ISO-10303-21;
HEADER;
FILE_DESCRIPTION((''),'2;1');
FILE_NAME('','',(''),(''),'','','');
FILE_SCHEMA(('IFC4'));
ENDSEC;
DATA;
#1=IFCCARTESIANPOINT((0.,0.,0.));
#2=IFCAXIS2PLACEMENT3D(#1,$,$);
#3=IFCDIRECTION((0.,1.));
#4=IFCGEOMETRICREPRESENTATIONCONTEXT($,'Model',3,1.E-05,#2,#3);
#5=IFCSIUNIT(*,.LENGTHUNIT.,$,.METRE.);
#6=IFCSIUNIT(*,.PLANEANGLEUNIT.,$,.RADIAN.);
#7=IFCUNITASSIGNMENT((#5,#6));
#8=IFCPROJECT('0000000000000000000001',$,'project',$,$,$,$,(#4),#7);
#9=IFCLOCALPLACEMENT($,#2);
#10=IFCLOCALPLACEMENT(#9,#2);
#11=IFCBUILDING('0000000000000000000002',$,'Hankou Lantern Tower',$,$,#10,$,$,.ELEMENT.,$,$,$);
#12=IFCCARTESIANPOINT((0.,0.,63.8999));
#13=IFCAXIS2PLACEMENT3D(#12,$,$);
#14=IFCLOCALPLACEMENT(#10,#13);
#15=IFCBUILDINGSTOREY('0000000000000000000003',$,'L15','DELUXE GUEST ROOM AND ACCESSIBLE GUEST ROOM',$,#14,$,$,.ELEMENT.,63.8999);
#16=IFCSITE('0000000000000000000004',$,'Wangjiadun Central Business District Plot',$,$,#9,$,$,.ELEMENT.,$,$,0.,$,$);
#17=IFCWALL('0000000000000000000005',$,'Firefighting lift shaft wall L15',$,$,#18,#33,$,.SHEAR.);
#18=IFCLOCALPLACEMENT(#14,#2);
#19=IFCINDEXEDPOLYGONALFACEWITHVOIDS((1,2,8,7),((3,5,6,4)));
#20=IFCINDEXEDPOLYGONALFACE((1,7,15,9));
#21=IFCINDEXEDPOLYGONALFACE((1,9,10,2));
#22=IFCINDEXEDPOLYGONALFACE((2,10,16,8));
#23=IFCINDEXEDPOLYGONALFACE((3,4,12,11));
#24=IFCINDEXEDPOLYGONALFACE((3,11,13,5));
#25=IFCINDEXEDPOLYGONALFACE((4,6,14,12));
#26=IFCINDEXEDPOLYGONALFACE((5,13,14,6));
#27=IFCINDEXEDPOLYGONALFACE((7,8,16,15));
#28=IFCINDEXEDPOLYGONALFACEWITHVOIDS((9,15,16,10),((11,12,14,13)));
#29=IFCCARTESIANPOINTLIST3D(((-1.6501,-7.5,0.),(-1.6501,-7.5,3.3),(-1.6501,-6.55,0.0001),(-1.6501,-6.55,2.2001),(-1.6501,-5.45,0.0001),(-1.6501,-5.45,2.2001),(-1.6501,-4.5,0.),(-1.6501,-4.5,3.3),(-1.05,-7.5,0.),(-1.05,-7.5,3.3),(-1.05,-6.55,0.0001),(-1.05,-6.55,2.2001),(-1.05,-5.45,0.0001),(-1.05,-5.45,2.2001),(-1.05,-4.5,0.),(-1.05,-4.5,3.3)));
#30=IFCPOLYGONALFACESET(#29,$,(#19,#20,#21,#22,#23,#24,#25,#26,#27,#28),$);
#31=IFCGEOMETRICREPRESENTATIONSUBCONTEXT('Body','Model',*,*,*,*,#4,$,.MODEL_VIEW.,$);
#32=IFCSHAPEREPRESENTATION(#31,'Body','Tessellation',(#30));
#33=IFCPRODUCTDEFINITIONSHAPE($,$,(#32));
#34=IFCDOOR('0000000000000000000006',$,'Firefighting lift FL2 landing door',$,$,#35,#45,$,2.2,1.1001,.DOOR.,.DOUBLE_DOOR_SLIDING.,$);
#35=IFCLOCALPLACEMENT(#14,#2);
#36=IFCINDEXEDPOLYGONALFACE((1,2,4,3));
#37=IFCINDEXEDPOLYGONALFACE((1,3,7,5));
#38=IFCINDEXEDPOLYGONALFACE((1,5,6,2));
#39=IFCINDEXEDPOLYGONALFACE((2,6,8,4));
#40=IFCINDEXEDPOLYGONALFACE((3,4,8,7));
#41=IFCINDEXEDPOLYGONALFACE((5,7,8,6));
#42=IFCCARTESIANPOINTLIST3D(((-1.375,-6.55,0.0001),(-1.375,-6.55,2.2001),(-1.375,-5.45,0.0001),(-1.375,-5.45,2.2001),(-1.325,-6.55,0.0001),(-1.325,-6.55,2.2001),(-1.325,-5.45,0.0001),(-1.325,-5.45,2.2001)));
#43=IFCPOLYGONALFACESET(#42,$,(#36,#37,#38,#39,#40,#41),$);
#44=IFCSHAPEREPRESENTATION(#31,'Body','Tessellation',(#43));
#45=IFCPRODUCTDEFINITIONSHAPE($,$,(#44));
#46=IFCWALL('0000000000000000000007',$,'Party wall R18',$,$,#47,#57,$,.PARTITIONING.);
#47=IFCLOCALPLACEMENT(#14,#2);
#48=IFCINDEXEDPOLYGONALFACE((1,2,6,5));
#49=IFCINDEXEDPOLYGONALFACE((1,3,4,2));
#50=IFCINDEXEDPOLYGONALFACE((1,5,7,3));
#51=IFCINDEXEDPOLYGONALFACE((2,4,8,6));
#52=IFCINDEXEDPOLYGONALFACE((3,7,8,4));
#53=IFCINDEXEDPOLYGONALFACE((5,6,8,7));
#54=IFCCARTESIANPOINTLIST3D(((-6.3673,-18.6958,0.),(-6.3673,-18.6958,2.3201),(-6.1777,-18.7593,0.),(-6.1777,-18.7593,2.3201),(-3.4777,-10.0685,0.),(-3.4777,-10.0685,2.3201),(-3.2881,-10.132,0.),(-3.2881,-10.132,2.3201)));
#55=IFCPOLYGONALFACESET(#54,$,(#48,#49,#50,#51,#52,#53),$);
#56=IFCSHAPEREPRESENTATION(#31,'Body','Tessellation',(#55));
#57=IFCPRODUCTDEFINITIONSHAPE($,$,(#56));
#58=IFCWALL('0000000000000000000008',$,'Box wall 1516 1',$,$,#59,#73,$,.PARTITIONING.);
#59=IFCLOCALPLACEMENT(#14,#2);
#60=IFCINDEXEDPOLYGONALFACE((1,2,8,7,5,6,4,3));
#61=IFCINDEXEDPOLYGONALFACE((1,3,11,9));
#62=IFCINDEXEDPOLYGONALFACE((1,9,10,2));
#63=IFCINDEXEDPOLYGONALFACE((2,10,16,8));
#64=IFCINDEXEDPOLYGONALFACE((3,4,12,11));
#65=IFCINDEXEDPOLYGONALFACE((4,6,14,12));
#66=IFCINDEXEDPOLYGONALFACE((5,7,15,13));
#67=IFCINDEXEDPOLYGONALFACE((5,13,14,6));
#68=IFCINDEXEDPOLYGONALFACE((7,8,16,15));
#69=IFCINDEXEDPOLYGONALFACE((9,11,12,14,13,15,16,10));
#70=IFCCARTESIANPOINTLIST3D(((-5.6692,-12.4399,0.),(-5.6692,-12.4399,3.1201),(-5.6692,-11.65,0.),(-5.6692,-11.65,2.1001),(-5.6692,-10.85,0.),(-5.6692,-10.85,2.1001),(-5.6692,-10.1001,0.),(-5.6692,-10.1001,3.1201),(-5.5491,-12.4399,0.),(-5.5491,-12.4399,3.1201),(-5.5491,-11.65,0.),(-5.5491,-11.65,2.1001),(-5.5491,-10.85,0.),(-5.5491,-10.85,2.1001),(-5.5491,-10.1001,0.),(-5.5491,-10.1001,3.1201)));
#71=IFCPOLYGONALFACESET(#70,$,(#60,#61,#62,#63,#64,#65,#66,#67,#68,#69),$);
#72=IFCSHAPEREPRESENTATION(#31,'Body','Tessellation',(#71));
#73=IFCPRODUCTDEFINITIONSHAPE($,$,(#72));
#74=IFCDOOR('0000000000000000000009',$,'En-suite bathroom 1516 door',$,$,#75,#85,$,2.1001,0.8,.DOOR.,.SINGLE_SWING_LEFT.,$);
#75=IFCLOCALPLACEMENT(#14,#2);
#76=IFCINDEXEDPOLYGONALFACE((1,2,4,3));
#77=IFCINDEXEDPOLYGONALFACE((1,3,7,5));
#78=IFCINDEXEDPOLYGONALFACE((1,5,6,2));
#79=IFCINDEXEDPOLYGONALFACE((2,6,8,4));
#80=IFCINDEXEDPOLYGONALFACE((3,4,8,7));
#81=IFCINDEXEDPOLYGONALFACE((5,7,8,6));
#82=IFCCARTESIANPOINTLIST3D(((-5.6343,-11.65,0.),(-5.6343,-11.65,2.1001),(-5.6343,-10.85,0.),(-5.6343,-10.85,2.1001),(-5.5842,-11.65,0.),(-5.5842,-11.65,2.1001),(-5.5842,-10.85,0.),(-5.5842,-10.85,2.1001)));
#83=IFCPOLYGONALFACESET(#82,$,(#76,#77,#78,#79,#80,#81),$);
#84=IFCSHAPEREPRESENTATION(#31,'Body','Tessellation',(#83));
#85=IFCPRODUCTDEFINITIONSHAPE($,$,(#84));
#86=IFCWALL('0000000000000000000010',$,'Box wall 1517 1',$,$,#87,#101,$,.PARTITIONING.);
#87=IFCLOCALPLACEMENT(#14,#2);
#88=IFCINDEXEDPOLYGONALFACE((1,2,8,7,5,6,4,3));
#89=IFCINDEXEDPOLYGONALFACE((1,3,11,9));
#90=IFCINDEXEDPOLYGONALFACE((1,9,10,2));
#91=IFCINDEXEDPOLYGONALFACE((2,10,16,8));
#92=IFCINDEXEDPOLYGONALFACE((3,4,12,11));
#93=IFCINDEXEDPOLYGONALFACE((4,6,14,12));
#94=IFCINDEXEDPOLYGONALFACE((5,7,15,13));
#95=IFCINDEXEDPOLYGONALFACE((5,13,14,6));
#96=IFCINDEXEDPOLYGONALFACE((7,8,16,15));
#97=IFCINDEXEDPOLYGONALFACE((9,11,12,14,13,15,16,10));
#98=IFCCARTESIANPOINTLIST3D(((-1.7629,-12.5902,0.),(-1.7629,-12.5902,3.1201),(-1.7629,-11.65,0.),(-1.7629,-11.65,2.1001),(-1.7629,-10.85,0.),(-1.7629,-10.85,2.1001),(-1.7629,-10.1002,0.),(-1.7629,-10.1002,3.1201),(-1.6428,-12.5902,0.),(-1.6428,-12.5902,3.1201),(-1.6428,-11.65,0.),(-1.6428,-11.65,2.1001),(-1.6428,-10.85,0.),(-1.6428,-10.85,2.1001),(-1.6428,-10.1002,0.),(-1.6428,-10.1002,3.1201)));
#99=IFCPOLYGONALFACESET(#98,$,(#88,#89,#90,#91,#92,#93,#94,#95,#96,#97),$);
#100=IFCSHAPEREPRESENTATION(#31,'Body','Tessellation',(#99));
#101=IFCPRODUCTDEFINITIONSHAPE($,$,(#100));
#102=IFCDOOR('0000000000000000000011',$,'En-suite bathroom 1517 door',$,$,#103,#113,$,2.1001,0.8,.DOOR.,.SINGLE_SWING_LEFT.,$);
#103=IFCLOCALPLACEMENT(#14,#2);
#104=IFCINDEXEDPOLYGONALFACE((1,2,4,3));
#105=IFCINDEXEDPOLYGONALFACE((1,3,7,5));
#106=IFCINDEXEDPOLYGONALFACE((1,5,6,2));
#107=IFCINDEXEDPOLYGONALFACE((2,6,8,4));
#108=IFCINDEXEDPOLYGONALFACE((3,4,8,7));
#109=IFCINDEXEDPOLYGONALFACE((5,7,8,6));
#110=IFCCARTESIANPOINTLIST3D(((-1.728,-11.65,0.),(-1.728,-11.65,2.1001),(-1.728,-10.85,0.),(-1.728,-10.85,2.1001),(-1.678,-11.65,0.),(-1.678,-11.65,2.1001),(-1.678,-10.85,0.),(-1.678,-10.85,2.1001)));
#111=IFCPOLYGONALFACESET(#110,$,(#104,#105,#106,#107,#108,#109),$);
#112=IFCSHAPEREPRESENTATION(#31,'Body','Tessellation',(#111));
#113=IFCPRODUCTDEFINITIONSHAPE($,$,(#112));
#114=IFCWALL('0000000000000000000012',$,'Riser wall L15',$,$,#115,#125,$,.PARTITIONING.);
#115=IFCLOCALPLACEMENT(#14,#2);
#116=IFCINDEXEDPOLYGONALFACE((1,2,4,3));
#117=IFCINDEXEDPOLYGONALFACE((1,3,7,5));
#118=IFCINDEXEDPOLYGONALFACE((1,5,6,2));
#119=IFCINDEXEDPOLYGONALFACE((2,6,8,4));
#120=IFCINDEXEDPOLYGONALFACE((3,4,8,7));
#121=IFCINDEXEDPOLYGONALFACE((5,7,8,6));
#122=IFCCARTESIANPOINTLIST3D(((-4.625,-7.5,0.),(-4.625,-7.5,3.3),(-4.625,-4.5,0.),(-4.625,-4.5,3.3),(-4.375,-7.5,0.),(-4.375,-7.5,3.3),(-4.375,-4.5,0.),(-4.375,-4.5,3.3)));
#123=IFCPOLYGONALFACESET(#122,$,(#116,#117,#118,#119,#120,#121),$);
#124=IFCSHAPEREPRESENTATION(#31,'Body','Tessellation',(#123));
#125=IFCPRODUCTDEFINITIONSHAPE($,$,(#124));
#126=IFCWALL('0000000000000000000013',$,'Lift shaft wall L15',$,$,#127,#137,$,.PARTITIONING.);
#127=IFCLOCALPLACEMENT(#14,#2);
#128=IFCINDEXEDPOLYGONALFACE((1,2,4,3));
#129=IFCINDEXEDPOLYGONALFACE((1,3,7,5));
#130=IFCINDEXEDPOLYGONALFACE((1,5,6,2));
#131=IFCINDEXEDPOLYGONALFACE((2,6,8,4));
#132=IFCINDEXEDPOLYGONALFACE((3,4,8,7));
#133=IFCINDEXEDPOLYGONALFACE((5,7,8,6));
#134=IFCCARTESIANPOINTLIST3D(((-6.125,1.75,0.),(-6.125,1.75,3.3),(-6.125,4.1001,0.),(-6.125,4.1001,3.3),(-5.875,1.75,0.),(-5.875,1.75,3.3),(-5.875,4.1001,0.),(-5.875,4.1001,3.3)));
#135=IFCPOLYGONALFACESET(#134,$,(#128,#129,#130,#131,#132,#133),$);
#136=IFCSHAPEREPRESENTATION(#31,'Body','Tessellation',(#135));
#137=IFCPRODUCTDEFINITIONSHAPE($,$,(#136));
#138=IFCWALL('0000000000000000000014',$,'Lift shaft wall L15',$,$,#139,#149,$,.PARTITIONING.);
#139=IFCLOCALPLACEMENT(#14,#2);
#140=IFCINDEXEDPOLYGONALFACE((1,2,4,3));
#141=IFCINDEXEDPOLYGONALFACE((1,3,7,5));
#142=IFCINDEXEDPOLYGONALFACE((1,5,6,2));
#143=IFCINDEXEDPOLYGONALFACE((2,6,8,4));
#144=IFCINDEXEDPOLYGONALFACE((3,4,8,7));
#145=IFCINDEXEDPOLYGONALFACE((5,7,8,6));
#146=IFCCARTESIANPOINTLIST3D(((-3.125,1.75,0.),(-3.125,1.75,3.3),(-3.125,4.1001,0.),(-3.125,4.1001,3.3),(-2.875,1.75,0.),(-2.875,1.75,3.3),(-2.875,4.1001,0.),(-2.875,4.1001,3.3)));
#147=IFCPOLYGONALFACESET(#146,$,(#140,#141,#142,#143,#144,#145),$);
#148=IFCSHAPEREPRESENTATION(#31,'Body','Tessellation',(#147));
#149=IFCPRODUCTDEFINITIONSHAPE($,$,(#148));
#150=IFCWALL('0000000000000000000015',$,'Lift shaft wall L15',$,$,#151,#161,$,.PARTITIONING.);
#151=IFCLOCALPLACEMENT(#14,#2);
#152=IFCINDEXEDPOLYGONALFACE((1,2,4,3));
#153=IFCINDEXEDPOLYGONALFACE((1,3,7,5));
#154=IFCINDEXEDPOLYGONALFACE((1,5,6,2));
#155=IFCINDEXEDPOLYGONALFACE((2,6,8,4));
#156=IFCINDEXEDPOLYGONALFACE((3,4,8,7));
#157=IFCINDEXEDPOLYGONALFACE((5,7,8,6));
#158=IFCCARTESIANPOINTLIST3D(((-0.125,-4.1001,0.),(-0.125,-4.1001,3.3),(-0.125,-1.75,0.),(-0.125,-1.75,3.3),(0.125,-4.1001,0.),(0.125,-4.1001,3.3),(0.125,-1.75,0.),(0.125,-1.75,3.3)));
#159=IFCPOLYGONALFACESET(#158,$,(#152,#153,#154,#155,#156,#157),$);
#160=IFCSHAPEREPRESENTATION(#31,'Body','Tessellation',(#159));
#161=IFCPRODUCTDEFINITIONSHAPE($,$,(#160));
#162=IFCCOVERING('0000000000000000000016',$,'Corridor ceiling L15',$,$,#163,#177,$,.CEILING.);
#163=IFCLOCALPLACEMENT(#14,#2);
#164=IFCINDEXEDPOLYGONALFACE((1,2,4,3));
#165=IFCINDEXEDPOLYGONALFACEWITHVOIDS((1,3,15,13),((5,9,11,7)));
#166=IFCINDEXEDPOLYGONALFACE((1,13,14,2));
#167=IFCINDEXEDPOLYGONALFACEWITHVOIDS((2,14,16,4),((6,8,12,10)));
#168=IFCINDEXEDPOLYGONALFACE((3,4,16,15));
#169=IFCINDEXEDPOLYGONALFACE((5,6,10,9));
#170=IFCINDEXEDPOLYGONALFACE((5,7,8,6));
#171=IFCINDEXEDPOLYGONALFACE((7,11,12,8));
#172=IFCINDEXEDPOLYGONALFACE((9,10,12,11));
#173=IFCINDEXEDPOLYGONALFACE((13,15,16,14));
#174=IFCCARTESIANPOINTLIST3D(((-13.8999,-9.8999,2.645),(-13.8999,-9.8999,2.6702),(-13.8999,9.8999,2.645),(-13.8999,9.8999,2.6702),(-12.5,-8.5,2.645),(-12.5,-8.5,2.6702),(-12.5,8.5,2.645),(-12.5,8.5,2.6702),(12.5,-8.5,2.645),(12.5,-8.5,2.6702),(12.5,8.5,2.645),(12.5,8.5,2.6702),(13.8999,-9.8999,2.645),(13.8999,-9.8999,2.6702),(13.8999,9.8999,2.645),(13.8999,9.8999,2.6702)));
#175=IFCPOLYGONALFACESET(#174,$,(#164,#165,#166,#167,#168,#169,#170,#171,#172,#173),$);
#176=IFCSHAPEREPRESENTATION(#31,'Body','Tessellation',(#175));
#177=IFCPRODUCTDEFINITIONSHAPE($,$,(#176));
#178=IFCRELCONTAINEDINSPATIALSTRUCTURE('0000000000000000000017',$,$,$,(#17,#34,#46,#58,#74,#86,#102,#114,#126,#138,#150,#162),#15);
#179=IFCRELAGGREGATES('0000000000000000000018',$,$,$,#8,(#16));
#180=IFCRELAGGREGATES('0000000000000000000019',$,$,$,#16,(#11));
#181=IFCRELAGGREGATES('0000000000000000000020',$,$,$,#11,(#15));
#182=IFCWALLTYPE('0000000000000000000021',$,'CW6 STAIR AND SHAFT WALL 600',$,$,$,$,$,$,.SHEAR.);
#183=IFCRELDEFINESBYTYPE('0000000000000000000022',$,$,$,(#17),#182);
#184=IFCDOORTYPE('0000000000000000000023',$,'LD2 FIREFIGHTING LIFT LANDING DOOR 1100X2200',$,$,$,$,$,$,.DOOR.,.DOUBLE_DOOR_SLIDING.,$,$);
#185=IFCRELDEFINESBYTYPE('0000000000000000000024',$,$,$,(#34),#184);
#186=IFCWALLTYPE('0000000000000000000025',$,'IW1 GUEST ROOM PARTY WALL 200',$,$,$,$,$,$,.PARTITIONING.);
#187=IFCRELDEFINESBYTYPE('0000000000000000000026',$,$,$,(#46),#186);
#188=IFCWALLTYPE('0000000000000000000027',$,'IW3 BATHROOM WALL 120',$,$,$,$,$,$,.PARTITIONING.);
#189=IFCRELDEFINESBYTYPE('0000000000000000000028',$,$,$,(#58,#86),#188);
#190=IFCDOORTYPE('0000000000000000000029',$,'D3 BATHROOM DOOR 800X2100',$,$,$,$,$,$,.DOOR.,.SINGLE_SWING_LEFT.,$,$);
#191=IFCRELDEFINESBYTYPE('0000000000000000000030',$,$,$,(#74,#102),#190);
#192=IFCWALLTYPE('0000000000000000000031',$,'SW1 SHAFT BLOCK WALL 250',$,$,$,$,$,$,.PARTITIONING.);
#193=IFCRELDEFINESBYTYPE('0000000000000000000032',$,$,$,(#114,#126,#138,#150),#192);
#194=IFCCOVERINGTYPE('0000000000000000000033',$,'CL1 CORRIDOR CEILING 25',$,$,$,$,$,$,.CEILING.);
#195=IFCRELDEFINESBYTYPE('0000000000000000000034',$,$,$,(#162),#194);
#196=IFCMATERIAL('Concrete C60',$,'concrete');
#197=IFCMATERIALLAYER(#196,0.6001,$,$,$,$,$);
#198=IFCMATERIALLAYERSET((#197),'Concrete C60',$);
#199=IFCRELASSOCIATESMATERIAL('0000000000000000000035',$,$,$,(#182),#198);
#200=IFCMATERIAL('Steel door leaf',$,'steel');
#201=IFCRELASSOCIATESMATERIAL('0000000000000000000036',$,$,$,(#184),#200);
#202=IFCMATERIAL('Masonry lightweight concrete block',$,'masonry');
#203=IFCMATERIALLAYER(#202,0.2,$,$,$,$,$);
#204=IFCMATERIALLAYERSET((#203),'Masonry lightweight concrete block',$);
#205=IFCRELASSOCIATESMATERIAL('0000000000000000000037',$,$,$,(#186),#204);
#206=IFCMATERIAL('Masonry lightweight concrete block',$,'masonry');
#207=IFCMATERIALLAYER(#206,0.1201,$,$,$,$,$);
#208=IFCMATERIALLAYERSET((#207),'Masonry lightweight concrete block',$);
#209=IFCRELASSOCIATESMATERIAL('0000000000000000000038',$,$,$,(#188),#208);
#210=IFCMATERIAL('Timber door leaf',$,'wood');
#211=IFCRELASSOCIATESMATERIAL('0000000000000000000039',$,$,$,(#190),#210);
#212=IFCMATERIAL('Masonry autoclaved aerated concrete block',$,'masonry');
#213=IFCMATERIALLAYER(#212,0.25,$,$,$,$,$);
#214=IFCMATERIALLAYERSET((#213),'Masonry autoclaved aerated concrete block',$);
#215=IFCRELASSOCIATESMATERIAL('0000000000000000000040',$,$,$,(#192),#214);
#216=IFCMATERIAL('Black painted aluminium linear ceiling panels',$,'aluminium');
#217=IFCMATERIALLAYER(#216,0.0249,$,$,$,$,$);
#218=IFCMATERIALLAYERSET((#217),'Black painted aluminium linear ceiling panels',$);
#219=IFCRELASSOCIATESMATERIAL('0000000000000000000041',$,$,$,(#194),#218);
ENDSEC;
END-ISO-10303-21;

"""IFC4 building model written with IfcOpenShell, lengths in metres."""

from ifc_helpers import new_model, si_unit, direction, frame, frame_2d, origin, place, context, subcontext, project, spatial, polyline, rectangle, outline, extrude, material, layer, layer_set, type_object, element, fill, save


model = new_model("IFC4")

# Units and contexts
model_context = context("Model", 3, precision=1e-05, world=origin(), true_north=direction((0.0, 1.0)))
body_context = subcontext(model_context, "Body", "Model", "MODEL_VIEW")
ifc_project = project(units=[si_unit("LENGTHUNIT", "METRE"), si_unit("PLANEANGLEUNIT", "RADIAN")], contexts=[model_context])

# Site, building, storey
site_placement = place(None, origin())
site = spatial("IfcSite", under=ifc_project, at=site_placement, Name="Wangjiadun Central Business District Plot", CompositionType="ELEMENT", RefElevation=0.0)
building_placement = place(site_placement, origin())
building = spatial("IfcBuilding", under=site, at=building_placement, Name="Hankou Lantern Tower", CompositionType="ELEMENT")
storey_placement = place(building_placement, frame((0.0, 0.0, 63.8999)))
storey = spatial("IfcBuildingStorey", under=building, at=storey_placement, Name="L15", Description="DELUXE GUEST ROOM AND ACCESSIBLE GUEST ROOM", CompositionType="ELEMENT", Elevation=63.8999)

# Wall, opening, door
ifc_material_1 = material(Name="Concrete C60", Category="concrete")
ifc_layer_1 = layer(ifc_material_1, 0.6001)
ifc_layer_set_1 = layer_set([ifc_layer_1], Name="Concrete C60")
wall_type_1 = type_object("IfcWallType", Name="CW6 STAIR AND SHAFT WALL 600", PredefinedType="SHEAR", material=ifc_layer_set_1)
wall_1_placement = place(storey_placement, frame((-1.3501, -7.5, 0.0), z_axis=(0.0, 0.0, 1.0), x_axis=(0.0, 1.0, 0.0)))
wall_1 = element("IfcWall", 1, at=wall_1_placement, inside=storey, type_object=wall_type_1, Name="Firefighting lift shaft wall L15", PredefinedType="SHEAR", context=body_context, shape_type="SweptSolid", body=[
    extrude(rectangle(XDim=3.0, YDim=0.6001, at=frame_2d((1.5, 0.0))), origin(), (0.0, 0.0, 1.0), 3.3),
])
opening_1_placement = place(wall_1_placement, frame((0.95, 0.0, 0.0)))
opening_1 = element("IfcOpeningElement", 2, at=opening_1_placement, cuts=wall_1, PredefinedType="OPENING", context=body_context, shape_type="SweptSolid", body=[
    extrude(rectangle(XDim=1.1001, YDim=2.2, at=frame_2d((0.55, 1.1001))), frame((0.0, 0.3101, 0.0), z_axis=(0.0, -1.0, 0.0), x_axis=(1.0, 0.0, 0.0)), (0.0, 0.0, 1.0), 0.6201),
])
ifc_material_2 = material(Name="Steel door leaf", Category="steel")
door_type_1 = type_object("IfcDoorType", Name="LD2 FIREFIGHTING LIFT LANDING DOOR 1100X2200", OperationType="DOUBLE_DOOR_SLIDING", PredefinedType="DOOR", material=ifc_material_2)
door_1_placement = place(opening_1_placement, origin())
door_1 = element("IfcDoor", 3, at=door_1_placement, inside=storey, type_object=door_type_1, Name="Firefighting lift FL2 landing door", OperationType="DOUBLE_DOOR_SLIDING", OverallHeight=2.2, OverallWidth=1.1001, PredefinedType="DOOR", context=body_context, shape_type="SweptSolid", body=[
    extrude(rectangle(XDim=1.1001, YDim=2.2, at=frame_2d((0.55, 1.1001))), frame((0.0, 0.0249, 0.0), z_axis=(0.0, -1.0, 0.0), x_axis=(1.0, 0.0, 0.0)), (0.0, 0.0, 1.0), 0.05),
])
fill(opening_1, door_1)

# Wall
ifc_material_3 = material(Name="Masonry lightweight concrete block", Category="masonry")
ifc_layer_2 = layer(ifc_material_3, 0.2)
ifc_layer_set_2 = layer_set([ifc_layer_2], Name="Masonry lightweight concrete block")
wall_type_2 = type_object("IfcWallType", Name="IW1 GUEST ROOM PARTY WALL 200", PredefinedType="PARTITIONING", material=ifc_layer_set_2)
wall_2_placement = place(storey_placement, frame((-3.3828, -10.1001, 0.0), z_axis=(0.0, 0.0, 1.0), x_axis=(-0.317596, -0.948226, 0.0)))
element("IfcWall", 4, at=wall_2_placement, inside=storey, type_object=wall_type_2, Name="Party wall R18", PredefinedType="PARTITIONING", context=body_context, shape_type="SweptSolid", body=[
    extrude(rectangle(XDim=9.0984, YDim=0.2, at=frame_2d((4.5493, 0.0))), origin(), (0.0, 0.0, 1.0), 2.3201),
])

# Walls, openings, doors
ifc_material_4 = material(Name="Masonry lightweight concrete block", Category="masonry")
ifc_layer_3 = layer(ifc_material_4, 0.1201)
ifc_layer_set_3 = layer_set([ifc_layer_3], Name="Masonry lightweight concrete block")
wall_type_3 = type_object("IfcWallType", Name="IW3 BATHROOM WALL 120", PredefinedType="PARTITIONING", material=ifc_layer_set_3)
wall_3_placement = place(storey_placement, frame((-5.6091, -10.1001, 0.0), z_axis=(0.0, 0.0, 1.0), x_axis=(0.0, -1.0, 0.0)))
wall_3 = element("IfcWall", 5, at=wall_3_placement, inside=storey, type_object=wall_type_3, Name="Box wall 1516 1", PredefinedType="PARTITIONING", context=body_context, shape_type="SweptSolid", body=[
    extrude(rectangle(XDim=2.3398, YDim=0.1201, at=frame_2d((1.1699, 0.0))), origin(), (0.0, 0.0, 1.0), 3.1201),
])
opening_2_placement = place(wall_3_placement, frame((0.75, 0.0, 0.0)))
opening_2 = element("IfcOpeningElement", 6, at=opening_2_placement, cuts=wall_3, PredefinedType="OPENING", context=body_context, shape_type="SweptSolid", body=[
    extrude(rectangle(XDim=0.8, YDim=2.1001, at=frame_2d((0.3999, 1.05))), frame((0.0, 0.0701, 0.0), z_axis=(0.0, -1.0, 0.0), x_axis=(1.0, 0.0, 0.0)), (0.0, 0.0, 1.0), 0.1401),
])
ifc_material_5 = material(Name="Timber door leaf", Category="wood")
door_type_2 = type_object("IfcDoorType", Name="D3 BATHROOM DOOR 800X2100", OperationType="SINGLE_SWING_LEFT", PredefinedType="DOOR", material=ifc_material_5)
door_2_placement = place(opening_2_placement, origin())
door_2 = element("IfcDoor", 7, at=door_2_placement, inside=storey, type_object=door_type_2, Name="En-suite bathroom 1516 door", OperationType="SINGLE_SWING_LEFT", OverallHeight=2.1001, OverallWidth=0.8, PredefinedType="DOOR", context=body_context, shape_type="SweptSolid", body=[
    extrude(rectangle(XDim=0.8, YDim=2.1001, at=frame_2d((0.3999, 1.05))), frame((0.0, 0.0249, 0.0), z_axis=(0.0, -1.0, 0.0), x_axis=(1.0, 0.0, 0.0)), (0.0, 0.0, 1.0), 0.05),
])
fill(opening_2, door_2)
wall_4_placement = place(storey_placement, frame((-1.7029, -10.1001, 0.0), z_axis=(0.0, 0.0, 1.0), x_axis=(0.0, -1.0, 0.0)))
wall_4 = element("IfcWall", 8, at=wall_4_placement, inside=storey, type_object=wall_type_3, Name="Box wall 1517 1", PredefinedType="PARTITIONING", context=body_context, shape_type="SweptSolid", body=[
    extrude(rectangle(XDim=2.49, YDim=0.1201, at=frame_2d((1.2451, 0.0))), origin(), (0.0, 0.0, 1.0), 3.1201),
])
opening_3_placement = place(wall_4_placement, frame((0.75, 0.0, 0.0)))
opening_3 = element("IfcOpeningElement", 9, at=opening_3_placement, cuts=wall_4, PredefinedType="OPENING", context=body_context, shape_type="SweptSolid", body=[
    extrude(rectangle(XDim=0.8, YDim=2.1001, at=frame_2d((0.3999, 1.05))), frame((0.0, 0.0701, 0.0), z_axis=(0.0, -1.0, 0.0), x_axis=(1.0, 0.0, 0.0)), (0.0, 0.0, 1.0), 0.1401),
])
door_3_placement = place(opening_3_placement, origin())
door_3 = element("IfcDoor", 10, at=door_3_placement, inside=storey, type_object=door_type_2, Name="En-suite bathroom 1517 door", OperationType="SINGLE_SWING_LEFT", OverallHeight=2.1001, OverallWidth=0.8, PredefinedType="DOOR", context=body_context, shape_type="SweptSolid", body=[
    extrude(rectangle(XDim=0.8, YDim=2.1001, at=frame_2d((0.3999, 1.05))), frame((0.0, 0.0249, 0.0), z_axis=(0.0, -1.0, 0.0), x_axis=(1.0, 0.0, 0.0)), (0.0, 0.0, 1.0), 0.05),
])
fill(opening_3, door_3)

# Walls
ifc_material_6 = material(Name="Masonry autoclaved aerated concrete block", Category="masonry")
ifc_layer_4 = layer(ifc_material_6, 0.25)
ifc_layer_set_4 = layer_set([ifc_layer_4], Name="Masonry autoclaved aerated concrete block")
wall_type_4 = type_object("IfcWallType", Name="SW1 SHAFT BLOCK WALL 250", PredefinedType="PARTITIONING", material=ifc_layer_set_4)
wall_5_placement = place(storey_placement, frame((-4.5, -7.5, 0.0), z_axis=(0.0, 0.0, 1.0), x_axis=(0.0, 1.0, 0.0)))
element("IfcWall", 11, at=wall_5_placement, inside=storey, type_object=wall_type_4, Name="Riser wall L15", PredefinedType="PARTITIONING", context=body_context, shape_type="SweptSolid", body=[
    extrude(rectangle(XDim=3.0, YDim=0.25, at=frame_2d((1.5, 0.0))), origin(), (0.0, 0.0, 1.0), 3.3),
])
for number, where, z_axis, x_axis, name in (
    (12, (-6.0, 1.75, 0.0), (0.0, 0.0, 1.0), (0.0, 1.0, 0.0), "Lift shaft wall L15"),
    (13, (-3.0, 1.75, 0.0), (0.0, 0.0, 1.0), (0.0, 1.0, 0.0), "Lift shaft wall L15"),
    (14, (0.0, -4.1001, 0.0), (0.0, 0.0, 1.0), (0.0, 1.0, 0.0), "Lift shaft wall L15"),
):
    element("IfcWall", number, at=place(storey_placement, frame(where, z_axis=z_axis, x_axis=x_axis)), inside=storey, type_object=wall_type_4, Name=name, PredefinedType="PARTITIONING", context=body_context, shape_type="SweptSolid", body=[
        extrude(rectangle(XDim=2.3501, YDim=0.25, at=frame_2d((1.175, 0.0))), origin(), (0.0, 0.0, 1.0), 3.3),
    ])

# Covering
ifc_material_7 = material(Name="Black painted aluminium linear ceiling panels", Category="aluminium")
ifc_layer_5 = layer(ifc_material_7, 0.0249)
ifc_layer_set_5 = layer_set([ifc_layer_5], Name="Black painted aluminium linear ceiling panels")
covering_type = type_object("IfcCoveringType", Name="CL1 CORRIDOR CEILING 25", PredefinedType="CEILING", material=ifc_layer_set_5)
covering_placement = place(storey_placement, frame((0.0, 0.0, 2.645)))
element("IfcCovering", 15, at=covering_placement, inside=storey, type_object=covering_type, Name="Corridor ceiling L15", PredefinedType="CEILING", context=body_context, shape_type="SweptSolid", body=[
    extrude(outline(polyline([(-13.8999, -9.8999), (13.8999, -9.8999), (13.8999, 9.8999), (-13.8999, 9.8999), (-13.8999, -9.8999)]), holes=[polyline([(-12.5, 8.5), (12.5, 8.5), (12.5, -8.5), (-12.5, -8.5), (-12.5, 8.5)])]), origin(), (0.0, 0.0, 1.0), 0.0251),
])

save(model, "model.ifc")
